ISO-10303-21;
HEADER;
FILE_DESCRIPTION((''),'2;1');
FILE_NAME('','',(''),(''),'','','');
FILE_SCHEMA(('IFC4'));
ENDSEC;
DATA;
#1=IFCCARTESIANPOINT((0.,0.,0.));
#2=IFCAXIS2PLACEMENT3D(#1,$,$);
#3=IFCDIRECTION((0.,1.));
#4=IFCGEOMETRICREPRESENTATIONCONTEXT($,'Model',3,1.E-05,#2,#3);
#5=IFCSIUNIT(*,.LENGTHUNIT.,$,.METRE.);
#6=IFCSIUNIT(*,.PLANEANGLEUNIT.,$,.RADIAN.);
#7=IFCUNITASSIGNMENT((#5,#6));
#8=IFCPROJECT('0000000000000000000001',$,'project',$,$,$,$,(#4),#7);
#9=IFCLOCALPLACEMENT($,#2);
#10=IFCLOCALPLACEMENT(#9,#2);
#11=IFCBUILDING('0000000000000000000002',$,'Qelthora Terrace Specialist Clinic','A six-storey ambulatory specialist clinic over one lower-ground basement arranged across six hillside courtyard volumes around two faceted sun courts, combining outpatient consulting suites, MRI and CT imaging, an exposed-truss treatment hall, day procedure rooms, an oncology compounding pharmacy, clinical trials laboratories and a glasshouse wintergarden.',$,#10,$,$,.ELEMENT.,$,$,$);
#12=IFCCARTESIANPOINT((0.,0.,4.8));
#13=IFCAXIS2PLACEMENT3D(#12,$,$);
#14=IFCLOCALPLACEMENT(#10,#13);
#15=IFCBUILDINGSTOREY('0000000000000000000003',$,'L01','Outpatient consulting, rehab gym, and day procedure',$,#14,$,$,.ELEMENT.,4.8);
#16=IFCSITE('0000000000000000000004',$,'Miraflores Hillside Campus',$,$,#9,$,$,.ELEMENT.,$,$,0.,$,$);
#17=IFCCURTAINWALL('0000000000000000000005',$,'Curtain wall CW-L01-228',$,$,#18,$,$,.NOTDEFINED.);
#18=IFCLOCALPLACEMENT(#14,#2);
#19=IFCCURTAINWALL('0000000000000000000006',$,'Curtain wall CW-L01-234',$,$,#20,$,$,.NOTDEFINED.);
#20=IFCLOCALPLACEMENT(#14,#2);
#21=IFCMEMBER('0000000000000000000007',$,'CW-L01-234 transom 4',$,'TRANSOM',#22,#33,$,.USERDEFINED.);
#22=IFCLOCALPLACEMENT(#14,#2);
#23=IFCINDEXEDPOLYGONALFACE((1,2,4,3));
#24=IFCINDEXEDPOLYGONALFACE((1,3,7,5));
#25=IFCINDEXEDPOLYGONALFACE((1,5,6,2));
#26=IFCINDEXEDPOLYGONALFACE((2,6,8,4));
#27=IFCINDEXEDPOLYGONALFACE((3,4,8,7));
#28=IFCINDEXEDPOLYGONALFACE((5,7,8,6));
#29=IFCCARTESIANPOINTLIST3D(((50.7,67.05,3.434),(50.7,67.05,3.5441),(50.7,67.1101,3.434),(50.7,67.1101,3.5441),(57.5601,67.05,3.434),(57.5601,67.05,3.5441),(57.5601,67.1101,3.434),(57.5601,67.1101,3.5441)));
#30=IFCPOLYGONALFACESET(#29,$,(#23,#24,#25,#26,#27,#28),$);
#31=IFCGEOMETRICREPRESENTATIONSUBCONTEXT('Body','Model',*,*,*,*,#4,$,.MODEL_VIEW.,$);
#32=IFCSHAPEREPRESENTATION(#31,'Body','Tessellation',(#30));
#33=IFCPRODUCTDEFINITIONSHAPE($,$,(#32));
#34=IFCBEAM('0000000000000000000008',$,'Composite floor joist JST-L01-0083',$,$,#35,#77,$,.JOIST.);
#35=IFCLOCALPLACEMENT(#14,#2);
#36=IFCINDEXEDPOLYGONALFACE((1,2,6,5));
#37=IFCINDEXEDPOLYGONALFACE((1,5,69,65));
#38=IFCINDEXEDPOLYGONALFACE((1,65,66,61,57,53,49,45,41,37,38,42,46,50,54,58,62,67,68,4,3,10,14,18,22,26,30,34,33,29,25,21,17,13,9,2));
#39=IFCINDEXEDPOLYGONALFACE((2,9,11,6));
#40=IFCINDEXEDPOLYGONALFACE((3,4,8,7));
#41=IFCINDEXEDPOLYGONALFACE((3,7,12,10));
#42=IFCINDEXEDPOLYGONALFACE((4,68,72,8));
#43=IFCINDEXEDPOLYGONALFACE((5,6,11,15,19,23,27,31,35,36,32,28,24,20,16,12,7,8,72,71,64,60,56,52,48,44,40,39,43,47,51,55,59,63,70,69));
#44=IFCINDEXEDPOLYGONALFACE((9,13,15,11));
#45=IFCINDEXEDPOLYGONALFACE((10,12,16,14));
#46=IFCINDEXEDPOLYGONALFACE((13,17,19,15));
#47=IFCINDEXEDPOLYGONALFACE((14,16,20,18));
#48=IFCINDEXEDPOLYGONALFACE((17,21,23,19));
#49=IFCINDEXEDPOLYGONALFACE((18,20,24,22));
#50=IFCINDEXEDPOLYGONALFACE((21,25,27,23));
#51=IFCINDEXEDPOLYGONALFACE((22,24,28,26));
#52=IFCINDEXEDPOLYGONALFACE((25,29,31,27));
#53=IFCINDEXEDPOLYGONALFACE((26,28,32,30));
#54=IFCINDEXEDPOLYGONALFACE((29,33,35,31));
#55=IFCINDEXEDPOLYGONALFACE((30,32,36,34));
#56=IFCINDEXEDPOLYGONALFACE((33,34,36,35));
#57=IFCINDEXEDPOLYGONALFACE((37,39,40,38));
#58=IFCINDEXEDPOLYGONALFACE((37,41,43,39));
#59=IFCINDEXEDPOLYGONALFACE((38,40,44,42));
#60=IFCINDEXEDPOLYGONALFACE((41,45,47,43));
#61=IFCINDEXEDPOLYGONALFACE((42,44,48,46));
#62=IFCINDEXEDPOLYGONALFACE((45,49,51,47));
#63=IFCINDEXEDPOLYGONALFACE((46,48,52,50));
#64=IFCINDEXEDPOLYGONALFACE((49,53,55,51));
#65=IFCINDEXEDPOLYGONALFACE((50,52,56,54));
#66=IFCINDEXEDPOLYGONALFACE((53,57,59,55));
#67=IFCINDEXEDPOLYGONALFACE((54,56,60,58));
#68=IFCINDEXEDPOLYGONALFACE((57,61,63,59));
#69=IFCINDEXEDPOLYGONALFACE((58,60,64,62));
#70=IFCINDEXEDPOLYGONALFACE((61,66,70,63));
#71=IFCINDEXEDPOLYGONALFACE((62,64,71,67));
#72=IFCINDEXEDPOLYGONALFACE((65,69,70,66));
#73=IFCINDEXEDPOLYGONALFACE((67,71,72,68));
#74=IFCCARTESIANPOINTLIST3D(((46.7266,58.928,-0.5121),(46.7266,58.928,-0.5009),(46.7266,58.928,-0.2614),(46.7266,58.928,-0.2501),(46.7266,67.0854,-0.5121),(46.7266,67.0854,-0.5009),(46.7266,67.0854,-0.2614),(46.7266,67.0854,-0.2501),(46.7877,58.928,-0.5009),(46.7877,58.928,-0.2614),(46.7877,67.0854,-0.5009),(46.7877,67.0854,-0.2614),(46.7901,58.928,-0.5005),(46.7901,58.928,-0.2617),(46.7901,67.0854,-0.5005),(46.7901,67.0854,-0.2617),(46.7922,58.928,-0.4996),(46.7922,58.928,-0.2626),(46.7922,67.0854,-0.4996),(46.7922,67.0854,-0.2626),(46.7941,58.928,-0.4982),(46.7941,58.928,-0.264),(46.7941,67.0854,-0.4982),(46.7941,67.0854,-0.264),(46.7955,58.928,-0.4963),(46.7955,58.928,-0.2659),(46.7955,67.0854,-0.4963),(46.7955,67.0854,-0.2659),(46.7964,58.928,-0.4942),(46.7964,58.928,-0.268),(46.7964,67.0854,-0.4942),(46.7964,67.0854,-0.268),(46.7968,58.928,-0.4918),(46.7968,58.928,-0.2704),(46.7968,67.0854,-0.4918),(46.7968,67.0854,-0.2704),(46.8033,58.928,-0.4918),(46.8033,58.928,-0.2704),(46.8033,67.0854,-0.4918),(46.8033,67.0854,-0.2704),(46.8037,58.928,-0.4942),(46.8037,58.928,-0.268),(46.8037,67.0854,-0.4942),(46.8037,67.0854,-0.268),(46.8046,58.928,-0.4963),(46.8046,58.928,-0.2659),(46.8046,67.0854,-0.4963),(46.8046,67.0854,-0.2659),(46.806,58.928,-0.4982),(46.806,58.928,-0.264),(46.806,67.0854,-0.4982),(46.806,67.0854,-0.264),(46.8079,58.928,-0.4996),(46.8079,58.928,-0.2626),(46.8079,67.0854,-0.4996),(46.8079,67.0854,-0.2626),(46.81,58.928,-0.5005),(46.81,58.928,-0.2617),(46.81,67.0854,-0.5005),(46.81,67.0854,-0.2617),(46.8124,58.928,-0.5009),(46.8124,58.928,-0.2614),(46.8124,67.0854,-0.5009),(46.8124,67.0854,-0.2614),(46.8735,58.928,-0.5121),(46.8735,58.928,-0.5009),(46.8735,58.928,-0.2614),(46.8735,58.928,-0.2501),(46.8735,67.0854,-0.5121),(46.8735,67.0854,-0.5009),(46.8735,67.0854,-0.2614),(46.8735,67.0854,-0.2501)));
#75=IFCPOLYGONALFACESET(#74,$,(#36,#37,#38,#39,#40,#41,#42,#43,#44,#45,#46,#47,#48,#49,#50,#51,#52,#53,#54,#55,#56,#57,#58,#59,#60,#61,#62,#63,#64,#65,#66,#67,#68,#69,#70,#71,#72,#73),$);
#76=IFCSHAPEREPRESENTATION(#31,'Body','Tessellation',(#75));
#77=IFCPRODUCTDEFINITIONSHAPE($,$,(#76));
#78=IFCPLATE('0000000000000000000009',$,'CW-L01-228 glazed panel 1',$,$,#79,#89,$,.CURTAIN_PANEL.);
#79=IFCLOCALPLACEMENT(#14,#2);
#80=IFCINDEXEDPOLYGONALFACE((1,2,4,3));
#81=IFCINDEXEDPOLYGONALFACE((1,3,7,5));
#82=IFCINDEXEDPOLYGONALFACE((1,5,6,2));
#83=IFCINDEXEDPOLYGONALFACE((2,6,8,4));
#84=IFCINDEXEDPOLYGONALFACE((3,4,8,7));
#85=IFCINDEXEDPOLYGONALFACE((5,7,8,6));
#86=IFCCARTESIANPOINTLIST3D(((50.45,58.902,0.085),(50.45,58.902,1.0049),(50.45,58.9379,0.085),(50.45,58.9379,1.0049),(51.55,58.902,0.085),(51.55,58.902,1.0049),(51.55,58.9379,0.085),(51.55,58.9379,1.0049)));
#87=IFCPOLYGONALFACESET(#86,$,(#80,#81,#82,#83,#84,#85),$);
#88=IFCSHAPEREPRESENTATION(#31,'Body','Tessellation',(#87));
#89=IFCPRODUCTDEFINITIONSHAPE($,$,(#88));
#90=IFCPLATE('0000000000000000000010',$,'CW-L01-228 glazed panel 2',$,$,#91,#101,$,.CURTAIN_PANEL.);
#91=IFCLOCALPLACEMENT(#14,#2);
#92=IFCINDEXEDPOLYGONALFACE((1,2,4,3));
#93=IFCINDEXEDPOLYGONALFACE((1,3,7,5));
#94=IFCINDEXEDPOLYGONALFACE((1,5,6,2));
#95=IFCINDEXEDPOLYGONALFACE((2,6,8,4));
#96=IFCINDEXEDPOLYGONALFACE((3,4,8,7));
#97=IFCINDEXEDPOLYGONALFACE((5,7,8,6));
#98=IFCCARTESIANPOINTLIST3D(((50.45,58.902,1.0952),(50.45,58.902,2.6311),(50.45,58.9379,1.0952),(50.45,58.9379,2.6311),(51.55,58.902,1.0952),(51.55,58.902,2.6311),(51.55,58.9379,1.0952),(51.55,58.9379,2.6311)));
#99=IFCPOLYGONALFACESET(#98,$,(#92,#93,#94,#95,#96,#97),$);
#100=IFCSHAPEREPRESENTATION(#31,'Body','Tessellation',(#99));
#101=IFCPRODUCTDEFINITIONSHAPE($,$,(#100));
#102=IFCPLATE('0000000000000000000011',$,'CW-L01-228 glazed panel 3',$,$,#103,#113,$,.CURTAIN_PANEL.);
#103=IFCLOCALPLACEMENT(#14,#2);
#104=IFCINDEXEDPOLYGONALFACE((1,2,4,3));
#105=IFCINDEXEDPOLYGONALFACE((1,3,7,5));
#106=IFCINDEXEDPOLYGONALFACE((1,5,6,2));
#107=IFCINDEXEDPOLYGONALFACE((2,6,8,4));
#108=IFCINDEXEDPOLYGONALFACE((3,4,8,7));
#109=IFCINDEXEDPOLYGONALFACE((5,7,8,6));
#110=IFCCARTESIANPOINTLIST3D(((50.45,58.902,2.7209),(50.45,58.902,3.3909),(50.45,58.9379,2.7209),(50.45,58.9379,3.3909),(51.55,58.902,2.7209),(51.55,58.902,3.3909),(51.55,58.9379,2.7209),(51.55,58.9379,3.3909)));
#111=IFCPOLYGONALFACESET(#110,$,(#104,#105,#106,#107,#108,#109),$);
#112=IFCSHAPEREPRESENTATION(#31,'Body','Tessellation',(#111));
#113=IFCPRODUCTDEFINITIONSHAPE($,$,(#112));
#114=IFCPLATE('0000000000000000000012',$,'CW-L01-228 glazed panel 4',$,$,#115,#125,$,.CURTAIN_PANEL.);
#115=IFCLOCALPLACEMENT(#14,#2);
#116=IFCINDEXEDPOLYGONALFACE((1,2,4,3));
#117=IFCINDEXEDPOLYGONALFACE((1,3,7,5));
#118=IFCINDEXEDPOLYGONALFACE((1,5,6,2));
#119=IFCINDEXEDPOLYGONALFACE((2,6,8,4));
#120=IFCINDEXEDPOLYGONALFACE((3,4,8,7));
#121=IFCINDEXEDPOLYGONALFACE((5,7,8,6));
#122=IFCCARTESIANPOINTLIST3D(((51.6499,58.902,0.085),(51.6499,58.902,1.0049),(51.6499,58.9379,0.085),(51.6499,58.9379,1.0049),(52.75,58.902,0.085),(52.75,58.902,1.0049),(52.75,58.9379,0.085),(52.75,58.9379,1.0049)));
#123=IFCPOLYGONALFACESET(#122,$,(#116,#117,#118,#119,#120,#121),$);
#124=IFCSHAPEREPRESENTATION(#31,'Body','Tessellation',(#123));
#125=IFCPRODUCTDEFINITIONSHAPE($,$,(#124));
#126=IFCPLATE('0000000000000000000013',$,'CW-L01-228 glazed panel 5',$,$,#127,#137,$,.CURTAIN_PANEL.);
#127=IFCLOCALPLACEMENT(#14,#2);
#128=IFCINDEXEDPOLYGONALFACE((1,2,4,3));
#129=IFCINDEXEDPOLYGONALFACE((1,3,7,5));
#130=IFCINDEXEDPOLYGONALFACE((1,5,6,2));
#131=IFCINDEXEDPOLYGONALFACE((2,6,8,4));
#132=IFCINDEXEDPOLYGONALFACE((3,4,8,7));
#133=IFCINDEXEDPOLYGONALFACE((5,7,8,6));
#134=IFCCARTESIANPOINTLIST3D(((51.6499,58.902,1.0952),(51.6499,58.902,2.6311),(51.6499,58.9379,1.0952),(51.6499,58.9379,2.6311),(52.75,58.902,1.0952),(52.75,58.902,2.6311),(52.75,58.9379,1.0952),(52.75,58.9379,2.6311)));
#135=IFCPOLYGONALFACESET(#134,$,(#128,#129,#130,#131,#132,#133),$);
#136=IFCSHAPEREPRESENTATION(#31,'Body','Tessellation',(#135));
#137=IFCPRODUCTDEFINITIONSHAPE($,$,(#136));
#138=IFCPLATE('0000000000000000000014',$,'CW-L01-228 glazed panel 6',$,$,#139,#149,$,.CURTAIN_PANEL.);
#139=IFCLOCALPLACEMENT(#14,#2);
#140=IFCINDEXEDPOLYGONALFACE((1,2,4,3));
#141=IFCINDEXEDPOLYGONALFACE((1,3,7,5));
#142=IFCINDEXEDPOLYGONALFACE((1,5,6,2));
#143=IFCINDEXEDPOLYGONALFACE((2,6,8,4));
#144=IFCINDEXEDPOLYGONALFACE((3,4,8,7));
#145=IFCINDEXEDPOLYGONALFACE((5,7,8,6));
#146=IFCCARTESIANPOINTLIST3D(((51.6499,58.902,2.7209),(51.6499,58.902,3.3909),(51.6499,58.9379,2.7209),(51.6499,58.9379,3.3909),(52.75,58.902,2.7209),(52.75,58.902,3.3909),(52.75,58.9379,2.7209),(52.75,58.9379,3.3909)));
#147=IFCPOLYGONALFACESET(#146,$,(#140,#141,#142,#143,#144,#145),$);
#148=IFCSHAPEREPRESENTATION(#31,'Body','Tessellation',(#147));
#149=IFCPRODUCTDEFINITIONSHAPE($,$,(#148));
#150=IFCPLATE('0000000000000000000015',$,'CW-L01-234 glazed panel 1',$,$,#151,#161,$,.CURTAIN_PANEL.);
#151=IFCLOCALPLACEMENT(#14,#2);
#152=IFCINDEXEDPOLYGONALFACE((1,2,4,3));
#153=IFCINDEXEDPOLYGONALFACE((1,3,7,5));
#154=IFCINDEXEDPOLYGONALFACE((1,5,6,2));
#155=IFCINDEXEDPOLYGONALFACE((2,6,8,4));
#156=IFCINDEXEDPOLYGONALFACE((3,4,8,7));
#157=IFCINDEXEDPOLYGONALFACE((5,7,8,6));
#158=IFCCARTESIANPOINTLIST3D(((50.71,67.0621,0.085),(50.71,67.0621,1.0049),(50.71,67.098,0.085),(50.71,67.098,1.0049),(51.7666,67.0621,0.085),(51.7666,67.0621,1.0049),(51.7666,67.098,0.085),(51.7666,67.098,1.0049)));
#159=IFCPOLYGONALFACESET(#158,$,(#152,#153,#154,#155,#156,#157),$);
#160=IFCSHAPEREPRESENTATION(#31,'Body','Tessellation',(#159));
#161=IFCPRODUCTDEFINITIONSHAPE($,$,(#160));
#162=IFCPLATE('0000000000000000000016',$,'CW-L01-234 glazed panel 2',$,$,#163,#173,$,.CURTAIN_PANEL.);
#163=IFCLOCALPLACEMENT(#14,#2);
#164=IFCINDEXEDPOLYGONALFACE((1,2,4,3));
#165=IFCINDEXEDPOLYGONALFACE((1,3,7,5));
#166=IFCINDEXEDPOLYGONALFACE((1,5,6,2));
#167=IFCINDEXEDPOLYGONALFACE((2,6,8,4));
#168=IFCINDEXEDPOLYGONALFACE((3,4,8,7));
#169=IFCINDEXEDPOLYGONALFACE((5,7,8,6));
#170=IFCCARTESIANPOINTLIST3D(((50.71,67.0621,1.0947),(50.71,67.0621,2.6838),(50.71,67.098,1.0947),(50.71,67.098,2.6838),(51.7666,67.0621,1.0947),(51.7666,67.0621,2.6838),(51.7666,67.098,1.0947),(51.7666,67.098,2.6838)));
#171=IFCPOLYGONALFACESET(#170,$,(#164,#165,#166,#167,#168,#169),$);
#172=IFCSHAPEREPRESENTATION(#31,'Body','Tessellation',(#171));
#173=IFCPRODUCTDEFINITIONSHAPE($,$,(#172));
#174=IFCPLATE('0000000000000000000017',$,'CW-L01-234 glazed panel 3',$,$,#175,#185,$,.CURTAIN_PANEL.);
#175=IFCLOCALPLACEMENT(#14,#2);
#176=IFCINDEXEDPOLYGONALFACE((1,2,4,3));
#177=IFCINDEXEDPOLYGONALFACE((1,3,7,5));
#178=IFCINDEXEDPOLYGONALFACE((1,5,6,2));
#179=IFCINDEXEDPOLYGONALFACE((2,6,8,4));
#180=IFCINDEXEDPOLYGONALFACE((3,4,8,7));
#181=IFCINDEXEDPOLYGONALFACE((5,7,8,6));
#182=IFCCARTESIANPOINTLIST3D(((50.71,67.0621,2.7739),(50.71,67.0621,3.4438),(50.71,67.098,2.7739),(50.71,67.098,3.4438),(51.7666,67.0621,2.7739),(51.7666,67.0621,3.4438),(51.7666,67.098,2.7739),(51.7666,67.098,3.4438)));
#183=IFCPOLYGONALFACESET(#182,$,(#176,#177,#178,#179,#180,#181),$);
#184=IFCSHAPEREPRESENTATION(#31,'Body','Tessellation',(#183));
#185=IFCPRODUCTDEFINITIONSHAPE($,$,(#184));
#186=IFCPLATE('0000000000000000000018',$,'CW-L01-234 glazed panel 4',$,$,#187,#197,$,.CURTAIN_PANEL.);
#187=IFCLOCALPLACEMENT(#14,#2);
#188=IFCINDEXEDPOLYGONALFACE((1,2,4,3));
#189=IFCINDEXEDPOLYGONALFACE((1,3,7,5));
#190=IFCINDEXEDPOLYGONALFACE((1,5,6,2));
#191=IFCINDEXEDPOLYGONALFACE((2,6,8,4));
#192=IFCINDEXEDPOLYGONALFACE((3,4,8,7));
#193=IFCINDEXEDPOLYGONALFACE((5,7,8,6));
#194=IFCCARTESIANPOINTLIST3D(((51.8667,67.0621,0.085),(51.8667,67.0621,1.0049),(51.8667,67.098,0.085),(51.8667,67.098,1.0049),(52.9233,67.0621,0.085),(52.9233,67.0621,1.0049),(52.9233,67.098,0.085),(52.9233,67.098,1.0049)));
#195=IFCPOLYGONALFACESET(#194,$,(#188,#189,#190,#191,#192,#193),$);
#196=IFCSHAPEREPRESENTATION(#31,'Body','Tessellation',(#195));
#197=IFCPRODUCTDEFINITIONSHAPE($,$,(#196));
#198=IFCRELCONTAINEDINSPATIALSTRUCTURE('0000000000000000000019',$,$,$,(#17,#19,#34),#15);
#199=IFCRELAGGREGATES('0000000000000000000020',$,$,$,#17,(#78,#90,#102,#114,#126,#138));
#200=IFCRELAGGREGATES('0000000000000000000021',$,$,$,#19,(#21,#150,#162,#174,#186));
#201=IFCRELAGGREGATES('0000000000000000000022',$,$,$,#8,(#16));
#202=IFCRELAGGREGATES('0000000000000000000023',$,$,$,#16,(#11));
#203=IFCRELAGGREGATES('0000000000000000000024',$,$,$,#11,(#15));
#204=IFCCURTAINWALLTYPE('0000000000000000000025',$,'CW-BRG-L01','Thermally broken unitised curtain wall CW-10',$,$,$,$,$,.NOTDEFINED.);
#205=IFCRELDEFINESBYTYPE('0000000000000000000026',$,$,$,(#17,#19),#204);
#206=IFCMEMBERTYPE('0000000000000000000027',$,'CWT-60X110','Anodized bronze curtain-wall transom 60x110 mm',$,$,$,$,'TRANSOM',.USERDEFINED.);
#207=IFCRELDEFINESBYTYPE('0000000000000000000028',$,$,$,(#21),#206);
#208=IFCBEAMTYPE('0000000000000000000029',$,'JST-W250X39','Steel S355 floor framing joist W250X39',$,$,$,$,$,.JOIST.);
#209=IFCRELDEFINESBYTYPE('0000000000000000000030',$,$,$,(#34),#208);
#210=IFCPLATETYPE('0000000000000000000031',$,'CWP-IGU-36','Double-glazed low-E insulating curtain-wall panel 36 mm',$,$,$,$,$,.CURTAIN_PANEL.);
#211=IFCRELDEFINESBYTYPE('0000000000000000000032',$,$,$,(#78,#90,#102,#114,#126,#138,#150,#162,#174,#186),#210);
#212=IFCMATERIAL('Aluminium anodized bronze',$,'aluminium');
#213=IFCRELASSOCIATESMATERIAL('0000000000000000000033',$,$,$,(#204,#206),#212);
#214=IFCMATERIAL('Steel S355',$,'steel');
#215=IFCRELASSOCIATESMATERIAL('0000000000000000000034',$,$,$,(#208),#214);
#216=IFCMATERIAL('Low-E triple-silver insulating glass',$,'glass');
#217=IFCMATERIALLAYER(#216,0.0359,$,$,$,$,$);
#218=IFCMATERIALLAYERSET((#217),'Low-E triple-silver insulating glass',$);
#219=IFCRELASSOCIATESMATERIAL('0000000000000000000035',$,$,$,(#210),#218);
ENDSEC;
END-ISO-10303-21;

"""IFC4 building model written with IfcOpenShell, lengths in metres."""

from ifc_helpers import new_model, si_unit, direction, frame, origin, origin_2d, place, context, subcontext, project, spatial, rectangle, i_section, extrude, material, layer, layer_set, material_profile, profile_set, type_object, element, aggregate, save


model = new_model("IFC4")

# Units and contexts
model_context = context("Model", 3, precision=1e-05, world=origin(), true_north=direction((0.0, 1.0)))
body_context = subcontext(model_context, "Body", "Model", "MODEL_VIEW")
ifc_project = project(units=[si_unit("LENGTHUNIT", "METRE"), si_unit("PLANEANGLEUNIT", "RADIAN")], contexts=[model_context])

# Site, building, storey
site_placement = place(None, origin())
site = spatial("IfcSite", under=ifc_project, at=site_placement, Name="Miraflores Hillside Campus", CompositionType="ELEMENT", RefElevation=0.0)
building_placement = place(site_placement, origin())
building = spatial("IfcBuilding", under=site, at=building_placement, Name="Qelthora Terrace Specialist Clinic", Description="A six-storey ambulatory specialist clinic over one lower-ground basement arranged across six hillside courtyard volumes around two faceted sun courts, combining outpatient consulting suites, MRI and CT imaging, an exposed-truss treatment hall, day procedure rooms, an oncology compounding pharmacy, clinical trials laboratories and a glasshouse wintergarden.", CompositionType="ELEMENT")
storey_placement = place(building_placement, frame((0.0, 0.0, 4.8)))
storey = spatial("IfcBuildingStorey", under=building, at=storey_placement, Name="L01", Description="Outpatient consulting, rehab gym, and day procedure", CompositionType="ELEMENT", Elevation=4.8)

# Shared definitions
ifc_material_1 = material(Name="Steel S355", Category="steel")

# Curtain walls
ifc_material_2 = material(Name="Aluminium anodized bronze", Category="aluminium")
curtain_wall_type = type_object("IfcCurtainWallType", Name="CW-BRG-L01", Description="Thermally broken unitised curtain wall CW-10", PredefinedType="NOTDEFINED", material=ifc_material_2)
curtain_wall_1_placement = place(storey_placement, origin())
curtain_wall_1 = element("IfcCurtainWall", 1, at=curtain_wall_1_placement, inside=storey, type_object=curtain_wall_type, Name="Curtain wall CW-L01-228", PredefinedType="NOTDEFINED")
curtain_wall_2_placement = place(storey_placement, origin())
curtain_wall_2 = element("IfcCurtainWall", 2, at=curtain_wall_2_placement, inside=storey, type_object=curtain_wall_type, Name="Curtain wall CW-L01-234", PredefinedType="NOTDEFINED")

# Member
ifc_material_profile_1 = material_profile(ifc_material_2, rectangle(XDim=0.0601, YDim=0.1101, at=origin_2d()), Name="CWT60X110")
ifc_profile_set_1 = profile_set([ifc_material_profile_1], Name="Aluminium anodized bronze")
member_type_1 = type_object("IfcMemberType", Name="CWT-60X110", Description="Anodized bronze curtain-wall transom 60x110 mm", ElementType="TRANSOM", PredefinedType="USERDEFINED", material=ifc_profile_set_1)
member_1_placement = place(storey_placement, frame((50.7, 67.0801, 3.489), z_axis=(1.0, 0.0, 0.0), x_axis=(0.0, 1.0, 0.0)))
member_1 = element("IfcMember", 3, at=member_1_placement, type_object=member_type_1, Name="CW-L01-234 transom 4", ObjectType="TRANSOM", PredefinedType="USERDEFINED", context=body_context, shape_type="SweptSolid", body=[
    extrude(rectangle(XDim=0.0601, YDim=0.1101, at=origin_2d()), origin(), (0.0, 0.0, 1.0), 6.8601),
])

# Beam
ifc_material_profile_2 = material_profile(ifc_material_1, i_section(OverallWidth=0.147, OverallDepth=0.262, WebThickness=0.0066, FlangeThickness=0.0112, FilletRadius=0.009, at=origin_2d()), Name="W250X39")
ifc_profile_set_2 = profile_set([ifc_material_profile_2], Name="Steel S355")
beam_type_1 = type_object("IfcBeamType", Name="JST-W250X39", Description="Steel S355 floor framing joist W250X39", PredefinedType="JOIST", material=ifc_profile_set_2)
beam_1_placement = place(storey_placement, frame((46.8, 58.928, -0.3811), z_axis=(0.0, 1.0, 0.0), x_axis=(-1.0, 0.0, 0.0)))
element("IfcBeam", 4, at=beam_1_placement, inside=storey, type_object=beam_type_1, Name="Composite floor joist JST-L01-0083", PredefinedType="JOIST", context=body_context, shape_type="SweptSolid", body=[
    extrude(i_section(OverallWidth=0.147, OverallDepth=0.262, WebThickness=0.0066, FlangeThickness=0.0112, FilletRadius=0.009, at=origin_2d()), origin(), (0.0, 0.0, 1.0), 8.1575),
])

# Plates
ifc_material_3 = material(Name="Low-E triple-silver insulating glass", Category="glass")
ifc_layer = layer(ifc_material_3, 0.0359)
ifc_layer_set = layer_set([ifc_layer], Name="Low-E triple-silver insulating glass")
plate_type = type_object("IfcPlateType", Name="CWP-IGU-36", Description="Double-glazed low-E insulating curtain-wall panel 36 mm", PredefinedType="CURTAIN_PANEL", material=ifc_layer_set)
plate_1_placement = place(storey_placement, frame((51.0, 58.9199, 0.085), z_axis=(0.0, 0.0, 1.0), x_axis=(1.0, 0.0, 0.0)))
plate_1 = element("IfcPlate", 5, at=plate_1_placement, type_object=plate_type, Name="CW-L01-228 glazed panel 1", PredefinedType="CURTAIN_PANEL", context=body_context, shape_type="SweptSolid", body=[
    extrude(rectangle(XDim=1.1001, YDim=0.0359, at=origin_2d()), origin(), (0.0, 0.0, 1.0), 0.9199),
])
plate_2_placement = place(storey_placement, frame((51.0, 58.9199, 1.0952), z_axis=(0.0, 0.0, 1.0), x_axis=(1.0, 0.0, 0.0)))
plate_2 = element("IfcPlate", 6, at=plate_2_placement, type_object=plate_type, Name="CW-L01-228 glazed panel 2", PredefinedType="CURTAIN_PANEL", context=body_context, shape_type="SweptSolid", body=[
    extrude(rectangle(XDim=1.1001, YDim=0.0359, at=origin_2d()), origin(), (0.0, 0.0, 1.0), 1.5359),
])
plate_3_placement = place(storey_placement, frame((51.0, 58.9199, 2.7209), z_axis=(0.0, 0.0, 1.0), x_axis=(1.0, 0.0, 0.0)))
plate_3 = element("IfcPlate", 7, at=plate_3_placement, type_object=plate_type, Name="CW-L01-228 glazed panel 3", PredefinedType="CURTAIN_PANEL", context=body_context, shape_type="SweptSolid", body=[
    extrude(rectangle(XDim=1.1001, YDim=0.0359, at=origin_2d()), origin(), (0.0, 0.0, 1.0), 0.6699),
])
plate_4_placement = place(storey_placement, frame((52.2, 58.9199, 0.085), z_axis=(0.0, 0.0, 1.0), x_axis=(1.0, 0.0, 0.0)))
plate_4 = element("IfcPlate", 8, at=plate_4_placement, type_object=plate_type, Name="CW-L01-228 glazed panel 4", PredefinedType="CURTAIN_PANEL", context=body_context, shape_type="SweptSolid", body=[
    extrude(rectangle(XDim=1.1001, YDim=0.0359, at=origin_2d()), origin(), (0.0, 0.0, 1.0), 0.9199),
])
plate_5_placement = place(storey_placement, frame((52.2, 58.9199, 1.0952), z_axis=(0.0, 0.0, 1.0), x_axis=(1.0, 0.0, 0.0)))
plate_5 = element("IfcPlate", 9, at=plate_5_placement, type_object=plate_type, Name="CW-L01-228 glazed panel 5", PredefinedType="CURTAIN_PANEL", context=body_context, shape_type="SweptSolid", body=[
    extrude(rectangle(XDim=1.1001, YDim=0.0359, at=origin_2d()), origin(), (0.0, 0.0, 1.0), 1.5359),
])
plate_6_placement = place(storey_placement, frame((52.2, 58.9199, 2.7209), z_axis=(0.0, 0.0, 1.0), x_axis=(1.0, 0.0, 0.0)))
plate_6 = element("IfcPlate", 10, at=plate_6_placement, type_object=plate_type, Name="CW-L01-228 glazed panel 6", PredefinedType="CURTAIN_PANEL", context=body_context, shape_type="SweptSolid", body=[
    extrude(rectangle(XDim=1.1001, YDim=0.0359, at=origin_2d()), origin(), (0.0, 0.0, 1.0), 0.6699),
])
aggregate(curtain_wall_1, [plate_1, plate_2, plate_3, plate_4, plate_5, plate_6])
plate_7_placement = place(storey_placement, frame((51.2383, 67.0801, 0.085), z_axis=(0.0, 0.0, 1.0), x_axis=(1.0, 0.0, 0.0)))
plate_7 = element("IfcPlate", 11, at=plate_7_placement, type_object=plate_type, Name="CW-L01-234 glazed panel 1", PredefinedType="CURTAIN_PANEL", context=body_context, shape_type="SweptSolid", body=[
    extrude(rectangle(XDim=1.0566, YDim=0.0359, at=origin_2d()), origin(), (0.0, 0.0, 1.0), 0.9199),
])
plate_8_placement = place(storey_placement, frame((51.2383, 67.0801, 1.0947), z_axis=(0.0, 0.0, 1.0), x_axis=(1.0, 0.0, 0.0)))
plate_8 = element("IfcPlate", 12, at=plate_8_placement, type_object=plate_type, Name="CW-L01-234 glazed panel 2", PredefinedType="CURTAIN_PANEL", context=body_context, shape_type="SweptSolid", body=[
    extrude(rectangle(XDim=1.0566, YDim=0.0359, at=origin_2d()), origin(), (0.0, 0.0, 1.0), 1.5891),
])
plate_9_placement = place(storey_placement, frame((51.2383, 67.0801, 2.7739), z_axis=(0.0, 0.0, 1.0), x_axis=(1.0, 0.0, 0.0)))
plate_9 = element("IfcPlate", 13, at=plate_9_placement, type_object=plate_type, Name="CW-L01-234 glazed panel 3", PredefinedType="CURTAIN_PANEL", context=body_context, shape_type="SweptSolid", body=[
    extrude(rectangle(XDim=1.0566, YDim=0.0359, at=origin_2d()), origin(), (0.0, 0.0, 1.0), 0.6699),
])
plate_10_placement = place(storey_placement, frame((52.395, 67.0801, 0.085), z_axis=(0.0, 0.0, 1.0), x_axis=(1.0, 0.0, 0.0)))
plate_10 = element("IfcPlate", 14, at=plate_10_placement, type_object=plate_type, Name="CW-L01-234 glazed panel 4", PredefinedType="CURTAIN_PANEL", context=body_context, shape_type="SweptSolid", body=[
    extrude(rectangle(XDim=1.0566, YDim=0.0359, at=origin_2d()), origin(), (0.0, 0.0, 1.0), 0.9199),
])
aggregate(curtain_wall_2, [member_1, plate_7, plate_8, plate_9, plate_10])

save(model, "model.ifc")
